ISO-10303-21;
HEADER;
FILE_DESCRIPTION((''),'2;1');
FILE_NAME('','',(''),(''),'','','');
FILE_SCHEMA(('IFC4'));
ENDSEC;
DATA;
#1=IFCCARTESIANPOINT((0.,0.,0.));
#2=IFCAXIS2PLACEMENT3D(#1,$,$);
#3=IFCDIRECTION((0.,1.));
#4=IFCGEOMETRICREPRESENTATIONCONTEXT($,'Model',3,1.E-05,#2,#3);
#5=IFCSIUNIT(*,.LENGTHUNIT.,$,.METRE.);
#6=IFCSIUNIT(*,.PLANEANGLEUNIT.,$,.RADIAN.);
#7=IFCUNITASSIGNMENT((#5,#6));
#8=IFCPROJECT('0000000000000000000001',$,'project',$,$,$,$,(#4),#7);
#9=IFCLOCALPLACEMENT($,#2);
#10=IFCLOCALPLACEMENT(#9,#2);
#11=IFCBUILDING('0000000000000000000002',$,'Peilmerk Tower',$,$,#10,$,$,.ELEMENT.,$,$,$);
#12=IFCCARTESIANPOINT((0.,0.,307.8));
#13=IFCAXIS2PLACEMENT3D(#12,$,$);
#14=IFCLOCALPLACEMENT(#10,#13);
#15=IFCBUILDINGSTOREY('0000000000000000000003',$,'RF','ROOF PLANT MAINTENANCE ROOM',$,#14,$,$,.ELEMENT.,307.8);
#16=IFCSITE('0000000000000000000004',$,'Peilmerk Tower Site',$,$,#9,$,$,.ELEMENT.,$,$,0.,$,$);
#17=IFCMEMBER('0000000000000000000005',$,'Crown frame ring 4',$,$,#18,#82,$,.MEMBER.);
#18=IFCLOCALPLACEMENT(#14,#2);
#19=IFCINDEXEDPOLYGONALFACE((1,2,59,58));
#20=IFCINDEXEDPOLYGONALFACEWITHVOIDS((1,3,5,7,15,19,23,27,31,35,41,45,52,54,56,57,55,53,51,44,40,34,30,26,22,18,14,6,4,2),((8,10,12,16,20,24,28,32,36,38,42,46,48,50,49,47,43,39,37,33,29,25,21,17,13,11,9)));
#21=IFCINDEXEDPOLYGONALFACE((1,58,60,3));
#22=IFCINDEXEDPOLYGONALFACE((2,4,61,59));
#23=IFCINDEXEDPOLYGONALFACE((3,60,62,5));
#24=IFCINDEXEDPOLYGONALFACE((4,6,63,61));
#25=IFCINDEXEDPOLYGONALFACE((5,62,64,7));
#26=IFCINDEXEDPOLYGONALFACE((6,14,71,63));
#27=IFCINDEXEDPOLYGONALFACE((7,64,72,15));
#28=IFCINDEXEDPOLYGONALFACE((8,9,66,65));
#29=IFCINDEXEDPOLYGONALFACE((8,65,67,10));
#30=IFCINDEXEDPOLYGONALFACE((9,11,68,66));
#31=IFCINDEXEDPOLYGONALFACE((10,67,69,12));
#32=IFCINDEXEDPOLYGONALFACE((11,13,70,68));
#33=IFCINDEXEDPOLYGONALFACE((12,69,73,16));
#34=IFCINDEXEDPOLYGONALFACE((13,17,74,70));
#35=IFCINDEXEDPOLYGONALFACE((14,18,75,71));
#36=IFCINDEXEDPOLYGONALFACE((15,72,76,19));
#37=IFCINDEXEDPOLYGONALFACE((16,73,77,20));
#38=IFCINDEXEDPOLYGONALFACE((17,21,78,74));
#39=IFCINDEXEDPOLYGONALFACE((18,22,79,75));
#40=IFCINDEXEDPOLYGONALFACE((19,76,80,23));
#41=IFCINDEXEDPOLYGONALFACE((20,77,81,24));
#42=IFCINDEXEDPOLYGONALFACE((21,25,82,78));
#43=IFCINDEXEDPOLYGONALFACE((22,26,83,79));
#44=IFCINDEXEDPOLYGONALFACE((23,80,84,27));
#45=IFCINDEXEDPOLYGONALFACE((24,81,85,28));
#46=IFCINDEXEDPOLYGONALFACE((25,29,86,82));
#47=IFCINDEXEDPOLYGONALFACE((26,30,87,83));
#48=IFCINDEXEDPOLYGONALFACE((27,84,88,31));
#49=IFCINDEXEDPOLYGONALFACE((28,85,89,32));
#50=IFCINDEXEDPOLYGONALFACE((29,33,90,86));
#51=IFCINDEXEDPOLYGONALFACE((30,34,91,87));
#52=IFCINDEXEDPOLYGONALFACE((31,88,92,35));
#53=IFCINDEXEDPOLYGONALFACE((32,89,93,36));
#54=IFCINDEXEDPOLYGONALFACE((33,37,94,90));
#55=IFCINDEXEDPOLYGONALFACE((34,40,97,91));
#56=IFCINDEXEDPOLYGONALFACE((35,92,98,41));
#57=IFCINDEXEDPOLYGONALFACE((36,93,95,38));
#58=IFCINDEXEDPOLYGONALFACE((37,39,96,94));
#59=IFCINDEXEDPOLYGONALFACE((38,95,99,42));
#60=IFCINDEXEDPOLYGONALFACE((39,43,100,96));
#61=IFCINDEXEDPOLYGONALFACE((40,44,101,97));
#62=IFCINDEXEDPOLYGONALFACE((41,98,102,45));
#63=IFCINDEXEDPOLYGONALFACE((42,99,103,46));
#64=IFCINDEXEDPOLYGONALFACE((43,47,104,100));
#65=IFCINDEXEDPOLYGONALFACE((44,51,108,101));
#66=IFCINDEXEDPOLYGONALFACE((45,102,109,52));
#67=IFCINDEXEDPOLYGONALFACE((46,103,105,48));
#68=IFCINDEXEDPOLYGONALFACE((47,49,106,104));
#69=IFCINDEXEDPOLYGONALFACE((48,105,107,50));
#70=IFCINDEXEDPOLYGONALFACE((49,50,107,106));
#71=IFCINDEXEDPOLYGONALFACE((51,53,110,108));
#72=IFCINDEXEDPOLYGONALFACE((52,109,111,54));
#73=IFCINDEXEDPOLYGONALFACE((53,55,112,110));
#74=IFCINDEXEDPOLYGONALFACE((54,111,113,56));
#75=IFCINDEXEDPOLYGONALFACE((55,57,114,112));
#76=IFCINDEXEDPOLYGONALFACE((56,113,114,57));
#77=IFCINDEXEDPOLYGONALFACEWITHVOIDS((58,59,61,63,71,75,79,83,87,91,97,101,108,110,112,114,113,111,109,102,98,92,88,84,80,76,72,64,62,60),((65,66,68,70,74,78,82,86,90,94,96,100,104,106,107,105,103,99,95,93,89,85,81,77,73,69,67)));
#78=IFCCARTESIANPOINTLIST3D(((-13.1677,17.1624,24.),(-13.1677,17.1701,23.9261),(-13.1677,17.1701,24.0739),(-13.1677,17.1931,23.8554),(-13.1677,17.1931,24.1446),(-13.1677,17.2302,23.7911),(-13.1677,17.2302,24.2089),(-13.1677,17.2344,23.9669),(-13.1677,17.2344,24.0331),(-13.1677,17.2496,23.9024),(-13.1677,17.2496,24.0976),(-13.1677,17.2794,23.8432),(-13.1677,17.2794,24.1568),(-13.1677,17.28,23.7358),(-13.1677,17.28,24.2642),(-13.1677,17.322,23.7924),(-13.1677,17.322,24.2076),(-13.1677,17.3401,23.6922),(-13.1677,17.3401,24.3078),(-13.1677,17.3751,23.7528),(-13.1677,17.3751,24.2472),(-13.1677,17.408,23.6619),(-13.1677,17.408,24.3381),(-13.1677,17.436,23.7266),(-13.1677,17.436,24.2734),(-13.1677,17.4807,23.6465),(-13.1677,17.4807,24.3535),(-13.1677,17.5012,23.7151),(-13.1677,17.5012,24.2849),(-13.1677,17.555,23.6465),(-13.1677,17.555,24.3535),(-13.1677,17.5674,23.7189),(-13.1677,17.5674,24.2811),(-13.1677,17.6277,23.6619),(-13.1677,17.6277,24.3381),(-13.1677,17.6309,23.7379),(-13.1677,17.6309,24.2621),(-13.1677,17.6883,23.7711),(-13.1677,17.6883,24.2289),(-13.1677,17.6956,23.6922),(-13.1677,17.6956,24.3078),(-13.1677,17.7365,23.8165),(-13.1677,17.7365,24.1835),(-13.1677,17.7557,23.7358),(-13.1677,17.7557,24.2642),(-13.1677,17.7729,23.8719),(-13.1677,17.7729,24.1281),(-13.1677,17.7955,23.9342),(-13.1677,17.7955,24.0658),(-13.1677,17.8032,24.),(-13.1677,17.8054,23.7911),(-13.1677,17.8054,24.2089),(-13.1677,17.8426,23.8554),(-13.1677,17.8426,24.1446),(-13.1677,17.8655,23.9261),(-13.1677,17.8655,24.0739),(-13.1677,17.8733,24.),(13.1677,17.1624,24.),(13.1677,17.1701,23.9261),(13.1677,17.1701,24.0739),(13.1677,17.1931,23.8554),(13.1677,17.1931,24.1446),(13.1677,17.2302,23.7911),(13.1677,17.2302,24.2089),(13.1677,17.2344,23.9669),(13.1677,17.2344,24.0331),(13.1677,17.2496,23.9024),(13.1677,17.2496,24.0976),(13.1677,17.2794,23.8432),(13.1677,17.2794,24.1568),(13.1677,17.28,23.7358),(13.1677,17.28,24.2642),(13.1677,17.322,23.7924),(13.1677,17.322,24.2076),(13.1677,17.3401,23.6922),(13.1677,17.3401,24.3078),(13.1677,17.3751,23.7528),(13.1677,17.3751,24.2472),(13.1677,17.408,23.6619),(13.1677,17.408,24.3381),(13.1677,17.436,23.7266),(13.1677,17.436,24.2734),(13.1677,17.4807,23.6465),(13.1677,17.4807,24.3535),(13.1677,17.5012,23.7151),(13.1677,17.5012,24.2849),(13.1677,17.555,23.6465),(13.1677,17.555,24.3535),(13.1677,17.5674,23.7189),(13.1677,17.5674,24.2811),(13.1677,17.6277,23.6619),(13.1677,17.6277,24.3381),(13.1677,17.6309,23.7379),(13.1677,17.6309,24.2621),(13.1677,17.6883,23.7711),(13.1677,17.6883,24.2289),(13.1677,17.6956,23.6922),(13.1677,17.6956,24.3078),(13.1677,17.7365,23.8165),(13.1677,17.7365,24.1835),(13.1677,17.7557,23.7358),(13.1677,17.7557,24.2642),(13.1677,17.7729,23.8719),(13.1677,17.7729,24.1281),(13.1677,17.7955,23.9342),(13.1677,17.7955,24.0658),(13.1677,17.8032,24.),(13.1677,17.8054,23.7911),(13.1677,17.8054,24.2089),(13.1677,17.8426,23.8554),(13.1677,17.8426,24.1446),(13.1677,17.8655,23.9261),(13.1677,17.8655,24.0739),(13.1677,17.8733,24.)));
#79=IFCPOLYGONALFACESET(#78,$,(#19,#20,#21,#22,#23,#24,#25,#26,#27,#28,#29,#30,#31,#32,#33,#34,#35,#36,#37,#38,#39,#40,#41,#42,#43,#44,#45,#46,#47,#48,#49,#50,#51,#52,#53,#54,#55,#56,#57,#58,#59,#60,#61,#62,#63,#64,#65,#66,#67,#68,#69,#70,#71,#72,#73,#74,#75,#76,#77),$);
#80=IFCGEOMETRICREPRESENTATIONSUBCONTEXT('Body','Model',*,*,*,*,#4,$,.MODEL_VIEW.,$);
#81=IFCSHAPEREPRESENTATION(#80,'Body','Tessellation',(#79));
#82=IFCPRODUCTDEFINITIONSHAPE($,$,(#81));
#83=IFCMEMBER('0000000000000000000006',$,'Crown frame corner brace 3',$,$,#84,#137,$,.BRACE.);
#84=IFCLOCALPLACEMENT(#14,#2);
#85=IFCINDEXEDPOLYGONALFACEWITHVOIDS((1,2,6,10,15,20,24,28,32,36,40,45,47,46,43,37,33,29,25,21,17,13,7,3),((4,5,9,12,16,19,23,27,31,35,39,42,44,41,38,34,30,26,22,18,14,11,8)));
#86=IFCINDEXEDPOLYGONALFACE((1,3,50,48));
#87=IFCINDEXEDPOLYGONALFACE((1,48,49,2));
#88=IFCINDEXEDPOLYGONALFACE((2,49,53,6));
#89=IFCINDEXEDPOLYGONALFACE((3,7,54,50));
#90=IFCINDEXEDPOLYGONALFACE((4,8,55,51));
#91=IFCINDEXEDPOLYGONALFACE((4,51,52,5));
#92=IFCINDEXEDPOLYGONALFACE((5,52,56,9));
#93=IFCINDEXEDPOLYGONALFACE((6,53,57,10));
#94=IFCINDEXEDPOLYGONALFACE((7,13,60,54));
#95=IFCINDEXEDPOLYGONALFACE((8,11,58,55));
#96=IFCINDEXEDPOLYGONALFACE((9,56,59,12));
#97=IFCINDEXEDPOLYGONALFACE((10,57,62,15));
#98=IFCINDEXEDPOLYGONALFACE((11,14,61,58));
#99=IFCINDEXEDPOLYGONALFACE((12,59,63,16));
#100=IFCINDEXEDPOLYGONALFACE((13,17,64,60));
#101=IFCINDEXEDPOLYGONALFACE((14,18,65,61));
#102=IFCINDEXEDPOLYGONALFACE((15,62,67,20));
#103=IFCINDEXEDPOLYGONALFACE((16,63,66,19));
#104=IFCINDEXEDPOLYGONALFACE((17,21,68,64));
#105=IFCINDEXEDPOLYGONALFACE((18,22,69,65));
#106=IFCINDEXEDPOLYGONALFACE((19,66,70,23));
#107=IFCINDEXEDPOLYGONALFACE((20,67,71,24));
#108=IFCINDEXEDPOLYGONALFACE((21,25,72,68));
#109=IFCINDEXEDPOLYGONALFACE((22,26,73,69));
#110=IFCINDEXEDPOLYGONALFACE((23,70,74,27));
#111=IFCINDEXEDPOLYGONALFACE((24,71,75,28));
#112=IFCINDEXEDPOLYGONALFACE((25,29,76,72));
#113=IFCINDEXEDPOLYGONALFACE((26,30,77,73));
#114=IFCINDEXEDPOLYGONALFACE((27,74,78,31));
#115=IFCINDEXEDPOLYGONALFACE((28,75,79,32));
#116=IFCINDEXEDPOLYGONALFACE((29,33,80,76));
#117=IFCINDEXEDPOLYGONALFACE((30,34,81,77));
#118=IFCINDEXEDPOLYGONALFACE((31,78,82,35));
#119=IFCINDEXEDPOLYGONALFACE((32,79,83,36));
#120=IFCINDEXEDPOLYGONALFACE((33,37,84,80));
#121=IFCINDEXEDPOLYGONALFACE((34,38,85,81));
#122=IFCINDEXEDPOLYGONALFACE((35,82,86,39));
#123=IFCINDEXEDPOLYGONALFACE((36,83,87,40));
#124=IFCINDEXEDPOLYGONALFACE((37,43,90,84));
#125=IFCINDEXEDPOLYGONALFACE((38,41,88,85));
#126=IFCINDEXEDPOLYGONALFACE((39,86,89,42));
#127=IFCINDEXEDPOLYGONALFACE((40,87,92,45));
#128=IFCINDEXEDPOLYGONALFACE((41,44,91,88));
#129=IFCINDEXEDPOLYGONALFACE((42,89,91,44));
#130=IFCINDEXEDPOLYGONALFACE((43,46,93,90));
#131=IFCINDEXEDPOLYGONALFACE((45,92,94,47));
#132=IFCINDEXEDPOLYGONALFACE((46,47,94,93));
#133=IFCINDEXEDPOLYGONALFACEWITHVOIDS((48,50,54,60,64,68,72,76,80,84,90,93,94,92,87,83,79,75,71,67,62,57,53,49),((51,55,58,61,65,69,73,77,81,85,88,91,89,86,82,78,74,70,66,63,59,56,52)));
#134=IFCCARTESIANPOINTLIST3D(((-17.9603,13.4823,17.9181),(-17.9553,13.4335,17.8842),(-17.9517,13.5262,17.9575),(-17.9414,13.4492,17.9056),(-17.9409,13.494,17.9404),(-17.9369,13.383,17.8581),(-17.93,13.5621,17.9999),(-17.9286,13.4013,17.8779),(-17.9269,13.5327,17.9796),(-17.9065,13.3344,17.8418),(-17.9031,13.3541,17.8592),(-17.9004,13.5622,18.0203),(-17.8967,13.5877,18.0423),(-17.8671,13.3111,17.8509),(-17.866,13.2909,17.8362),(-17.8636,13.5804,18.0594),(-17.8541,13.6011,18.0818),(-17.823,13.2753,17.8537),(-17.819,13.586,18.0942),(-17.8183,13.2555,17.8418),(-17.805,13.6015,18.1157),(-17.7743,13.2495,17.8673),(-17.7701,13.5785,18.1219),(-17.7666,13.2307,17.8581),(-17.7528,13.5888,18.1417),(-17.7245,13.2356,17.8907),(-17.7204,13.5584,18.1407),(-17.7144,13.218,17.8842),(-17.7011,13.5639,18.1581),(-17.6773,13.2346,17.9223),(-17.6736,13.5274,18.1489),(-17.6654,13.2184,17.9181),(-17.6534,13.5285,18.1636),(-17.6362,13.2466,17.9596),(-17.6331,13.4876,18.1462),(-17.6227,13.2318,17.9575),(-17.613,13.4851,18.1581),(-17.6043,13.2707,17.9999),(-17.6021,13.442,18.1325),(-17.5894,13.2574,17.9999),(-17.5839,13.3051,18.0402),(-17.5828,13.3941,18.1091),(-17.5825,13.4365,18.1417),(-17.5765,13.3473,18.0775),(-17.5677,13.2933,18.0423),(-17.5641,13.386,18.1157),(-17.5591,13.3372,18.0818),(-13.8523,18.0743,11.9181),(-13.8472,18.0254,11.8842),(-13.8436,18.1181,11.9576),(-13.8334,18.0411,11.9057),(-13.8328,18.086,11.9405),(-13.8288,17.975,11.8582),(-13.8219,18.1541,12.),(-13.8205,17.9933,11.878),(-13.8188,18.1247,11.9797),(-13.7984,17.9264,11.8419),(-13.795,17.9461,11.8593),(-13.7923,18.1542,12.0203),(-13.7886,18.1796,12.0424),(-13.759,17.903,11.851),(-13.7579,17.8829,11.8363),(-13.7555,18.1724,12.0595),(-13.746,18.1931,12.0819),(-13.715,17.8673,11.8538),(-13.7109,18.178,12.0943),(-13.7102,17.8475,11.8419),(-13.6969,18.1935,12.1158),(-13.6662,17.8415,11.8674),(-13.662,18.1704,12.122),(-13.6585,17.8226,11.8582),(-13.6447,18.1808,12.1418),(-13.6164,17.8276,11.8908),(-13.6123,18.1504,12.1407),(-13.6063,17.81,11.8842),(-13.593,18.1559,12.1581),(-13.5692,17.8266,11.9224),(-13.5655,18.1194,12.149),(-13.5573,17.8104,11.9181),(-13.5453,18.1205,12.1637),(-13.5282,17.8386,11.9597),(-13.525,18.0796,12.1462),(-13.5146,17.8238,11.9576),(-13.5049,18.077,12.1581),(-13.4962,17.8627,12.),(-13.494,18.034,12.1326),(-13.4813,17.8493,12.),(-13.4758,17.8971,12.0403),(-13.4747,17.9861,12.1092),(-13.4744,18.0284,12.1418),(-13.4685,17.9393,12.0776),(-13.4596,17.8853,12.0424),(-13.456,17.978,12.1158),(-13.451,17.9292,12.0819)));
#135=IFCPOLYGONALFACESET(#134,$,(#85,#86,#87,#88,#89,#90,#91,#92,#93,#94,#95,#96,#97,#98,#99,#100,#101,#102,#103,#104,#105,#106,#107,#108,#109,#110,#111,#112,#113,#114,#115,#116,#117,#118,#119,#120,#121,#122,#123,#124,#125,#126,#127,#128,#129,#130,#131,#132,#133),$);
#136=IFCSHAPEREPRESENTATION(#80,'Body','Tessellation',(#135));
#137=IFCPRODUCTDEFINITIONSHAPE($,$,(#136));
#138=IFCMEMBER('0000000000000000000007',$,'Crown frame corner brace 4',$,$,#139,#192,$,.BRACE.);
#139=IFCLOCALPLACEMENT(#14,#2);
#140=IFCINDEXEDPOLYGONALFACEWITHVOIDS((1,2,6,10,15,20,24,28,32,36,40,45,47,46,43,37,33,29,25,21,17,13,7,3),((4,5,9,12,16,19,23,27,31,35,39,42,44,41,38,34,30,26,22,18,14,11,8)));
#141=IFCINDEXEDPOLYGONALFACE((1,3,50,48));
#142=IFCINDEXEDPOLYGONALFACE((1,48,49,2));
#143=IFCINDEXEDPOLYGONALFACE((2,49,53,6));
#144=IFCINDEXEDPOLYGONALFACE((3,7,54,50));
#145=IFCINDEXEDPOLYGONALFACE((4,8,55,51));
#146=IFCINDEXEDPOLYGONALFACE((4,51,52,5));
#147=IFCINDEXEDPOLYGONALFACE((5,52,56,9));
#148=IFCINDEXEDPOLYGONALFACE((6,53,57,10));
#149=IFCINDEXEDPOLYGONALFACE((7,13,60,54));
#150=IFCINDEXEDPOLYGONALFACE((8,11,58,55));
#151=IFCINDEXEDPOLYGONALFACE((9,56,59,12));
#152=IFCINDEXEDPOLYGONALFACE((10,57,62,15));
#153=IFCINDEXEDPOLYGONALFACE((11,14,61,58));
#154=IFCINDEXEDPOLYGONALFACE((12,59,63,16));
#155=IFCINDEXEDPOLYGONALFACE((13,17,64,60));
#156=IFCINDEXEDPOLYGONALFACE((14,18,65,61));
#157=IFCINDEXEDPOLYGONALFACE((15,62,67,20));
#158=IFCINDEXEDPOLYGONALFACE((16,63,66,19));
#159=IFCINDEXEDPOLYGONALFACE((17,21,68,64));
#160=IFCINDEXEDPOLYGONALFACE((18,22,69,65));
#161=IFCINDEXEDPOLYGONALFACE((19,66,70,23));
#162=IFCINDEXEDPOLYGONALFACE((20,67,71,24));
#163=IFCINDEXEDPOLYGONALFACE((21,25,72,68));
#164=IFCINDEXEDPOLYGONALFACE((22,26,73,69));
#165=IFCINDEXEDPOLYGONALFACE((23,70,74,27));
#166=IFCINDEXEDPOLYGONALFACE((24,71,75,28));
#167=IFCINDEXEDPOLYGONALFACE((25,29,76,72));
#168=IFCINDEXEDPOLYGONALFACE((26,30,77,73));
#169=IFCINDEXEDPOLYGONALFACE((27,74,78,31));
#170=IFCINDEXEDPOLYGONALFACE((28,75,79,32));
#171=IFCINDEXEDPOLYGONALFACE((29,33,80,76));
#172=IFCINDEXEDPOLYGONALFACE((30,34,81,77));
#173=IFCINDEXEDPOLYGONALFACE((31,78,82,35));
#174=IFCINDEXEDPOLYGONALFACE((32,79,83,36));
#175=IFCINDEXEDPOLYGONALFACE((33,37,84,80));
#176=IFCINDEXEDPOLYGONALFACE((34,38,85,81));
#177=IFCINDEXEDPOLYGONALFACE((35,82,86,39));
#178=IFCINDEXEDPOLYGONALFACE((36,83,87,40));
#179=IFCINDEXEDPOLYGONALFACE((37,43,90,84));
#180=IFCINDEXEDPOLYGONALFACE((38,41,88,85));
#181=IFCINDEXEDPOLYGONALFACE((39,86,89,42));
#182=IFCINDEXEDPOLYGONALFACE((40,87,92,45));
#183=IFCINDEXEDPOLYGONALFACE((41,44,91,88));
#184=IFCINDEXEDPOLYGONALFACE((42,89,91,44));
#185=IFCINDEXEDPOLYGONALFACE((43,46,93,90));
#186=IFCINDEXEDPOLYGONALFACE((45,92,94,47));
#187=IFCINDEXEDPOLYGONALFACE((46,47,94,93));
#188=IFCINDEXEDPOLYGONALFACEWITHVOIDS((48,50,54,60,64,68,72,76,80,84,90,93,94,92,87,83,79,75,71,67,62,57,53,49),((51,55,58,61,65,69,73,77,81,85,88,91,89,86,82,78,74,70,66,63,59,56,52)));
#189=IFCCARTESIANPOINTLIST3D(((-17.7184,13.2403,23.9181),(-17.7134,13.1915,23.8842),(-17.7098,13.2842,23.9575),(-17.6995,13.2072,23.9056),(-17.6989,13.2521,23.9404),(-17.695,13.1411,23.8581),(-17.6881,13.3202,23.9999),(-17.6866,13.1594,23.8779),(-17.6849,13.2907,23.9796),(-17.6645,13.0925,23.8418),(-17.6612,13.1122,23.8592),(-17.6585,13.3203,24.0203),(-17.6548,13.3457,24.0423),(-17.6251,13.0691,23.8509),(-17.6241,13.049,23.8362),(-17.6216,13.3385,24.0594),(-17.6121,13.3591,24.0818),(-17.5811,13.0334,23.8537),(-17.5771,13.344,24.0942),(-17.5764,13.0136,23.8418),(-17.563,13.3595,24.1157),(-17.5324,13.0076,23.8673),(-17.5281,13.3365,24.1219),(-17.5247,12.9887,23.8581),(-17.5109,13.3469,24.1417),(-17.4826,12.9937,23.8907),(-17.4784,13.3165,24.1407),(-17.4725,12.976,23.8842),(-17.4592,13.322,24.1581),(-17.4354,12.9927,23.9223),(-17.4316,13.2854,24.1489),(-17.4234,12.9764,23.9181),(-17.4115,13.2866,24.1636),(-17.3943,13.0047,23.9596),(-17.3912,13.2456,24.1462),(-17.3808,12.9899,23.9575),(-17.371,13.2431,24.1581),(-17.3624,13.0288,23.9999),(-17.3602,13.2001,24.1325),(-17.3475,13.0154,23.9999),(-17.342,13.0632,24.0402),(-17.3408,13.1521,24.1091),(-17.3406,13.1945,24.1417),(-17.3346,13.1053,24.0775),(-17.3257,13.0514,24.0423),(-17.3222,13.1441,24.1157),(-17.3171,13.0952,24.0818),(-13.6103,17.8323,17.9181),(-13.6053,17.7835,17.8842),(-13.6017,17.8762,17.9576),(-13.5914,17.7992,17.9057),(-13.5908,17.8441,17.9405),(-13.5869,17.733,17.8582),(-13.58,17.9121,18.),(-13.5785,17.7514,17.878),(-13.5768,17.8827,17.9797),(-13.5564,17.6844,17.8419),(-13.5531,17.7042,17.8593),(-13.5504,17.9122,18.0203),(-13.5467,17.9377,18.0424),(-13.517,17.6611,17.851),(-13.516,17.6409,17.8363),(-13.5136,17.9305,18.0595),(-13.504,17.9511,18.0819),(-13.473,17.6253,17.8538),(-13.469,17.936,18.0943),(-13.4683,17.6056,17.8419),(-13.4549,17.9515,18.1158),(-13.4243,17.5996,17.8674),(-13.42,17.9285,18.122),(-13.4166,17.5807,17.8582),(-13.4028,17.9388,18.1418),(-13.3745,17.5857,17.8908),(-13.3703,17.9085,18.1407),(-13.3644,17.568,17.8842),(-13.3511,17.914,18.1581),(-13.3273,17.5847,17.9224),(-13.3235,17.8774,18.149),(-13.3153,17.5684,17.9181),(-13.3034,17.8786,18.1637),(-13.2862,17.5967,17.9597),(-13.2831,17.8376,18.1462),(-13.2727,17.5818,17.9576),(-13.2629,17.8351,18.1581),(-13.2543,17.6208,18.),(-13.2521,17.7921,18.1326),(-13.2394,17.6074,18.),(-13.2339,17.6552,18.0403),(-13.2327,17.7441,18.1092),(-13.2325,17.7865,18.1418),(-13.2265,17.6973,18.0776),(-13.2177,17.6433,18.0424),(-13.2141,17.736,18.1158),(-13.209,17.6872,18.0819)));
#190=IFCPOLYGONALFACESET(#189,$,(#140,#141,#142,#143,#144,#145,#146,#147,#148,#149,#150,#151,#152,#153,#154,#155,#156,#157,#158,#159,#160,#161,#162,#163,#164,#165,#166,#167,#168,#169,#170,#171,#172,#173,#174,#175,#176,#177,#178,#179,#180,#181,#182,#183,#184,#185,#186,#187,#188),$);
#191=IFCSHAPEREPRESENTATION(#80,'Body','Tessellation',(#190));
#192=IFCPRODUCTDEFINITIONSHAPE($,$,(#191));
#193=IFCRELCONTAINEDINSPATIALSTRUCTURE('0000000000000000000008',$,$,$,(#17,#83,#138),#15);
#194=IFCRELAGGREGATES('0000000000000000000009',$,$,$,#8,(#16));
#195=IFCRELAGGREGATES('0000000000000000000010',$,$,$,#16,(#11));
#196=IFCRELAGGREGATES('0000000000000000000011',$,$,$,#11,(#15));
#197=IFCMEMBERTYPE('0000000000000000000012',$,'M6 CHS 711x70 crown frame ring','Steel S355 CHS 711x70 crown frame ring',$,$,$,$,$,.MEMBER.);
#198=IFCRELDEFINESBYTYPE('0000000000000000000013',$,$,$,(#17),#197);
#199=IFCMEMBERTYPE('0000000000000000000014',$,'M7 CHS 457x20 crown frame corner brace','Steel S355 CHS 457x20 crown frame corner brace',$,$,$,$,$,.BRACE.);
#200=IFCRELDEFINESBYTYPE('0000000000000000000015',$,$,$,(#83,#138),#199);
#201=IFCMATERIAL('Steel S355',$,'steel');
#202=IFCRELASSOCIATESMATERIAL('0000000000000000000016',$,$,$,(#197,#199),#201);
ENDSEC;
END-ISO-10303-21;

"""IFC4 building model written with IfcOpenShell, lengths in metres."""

from ifc_helpers import new_model, si_unit, direction, frame, origin, origin_2d, place, context, subcontext, project, spatial, hollow_circle, extrude, material, material_profile, profile_set, type_object, element, save


model = new_model("IFC4")

# Units and contexts
model_context = context("Model", 3, precision=1e-05, world=origin(), true_north=direction((0.0, 1.0)))
body_context = subcontext(model_context, "Body", "Model", "MODEL_VIEW")
ifc_project = project(units=[si_unit("LENGTHUNIT", "METRE"), si_unit("PLANEANGLEUNIT", "RADIAN")], contexts=[model_context])

# Site, building, storey
site_placement = place(None, origin())
site = spatial("IfcSite", under=ifc_project, at=site_placement, Name="Peilmerk Tower Site", CompositionType="ELEMENT", RefElevation=0.0)
building_placement = place(site_placement, origin())
building = spatial("IfcBuilding", under=site, at=building_placement, Name="Peilmerk Tower", CompositionType="ELEMENT")
storey_placement = place(building_placement, frame((0.0, 0.0, 307.8)))
storey = spatial("IfcBuildingStorey", under=building, at=storey_placement, Name="RF", Description="ROOF PLANT MAINTENANCE ROOM", CompositionType="ELEMENT", Elevation=307.8)

# Shared definitions
ifc_material_1 = material(Name="Steel S355", Category="steel")

# Members
ifc_material_profile_1 = material_profile(ifc_material_1, hollow_circle(Radius=0.3555, WallThickness=0.0701, at=origin_2d()), Name="CHS 711x70")
ifc_profile_set_1 = profile_set([ifc_material_profile_1], Name="Steel S355")
member_type_1 = type_object("IfcMemberType", Name="M6 CHS 711x70 crown frame ring", Description="Steel S355 CHS 711x70 crown frame ring", PredefinedType="MEMBER", material=ifc_profile_set_1)
member_1_placement = place(storey_placement, frame((-13.1677, 17.5178, 24.0), z_axis=(1.0, 0.0, 0.0), x_axis=(0.0, 1.0, 0.0)))
element("IfcMember", 1, at=member_1_placement, inside=storey, type_object=member_type_1, Name="Crown frame ring 4", PredefinedType="MEMBER", context=body_context, shape_type="SweptSolid", body=[
    extrude(hollow_circle(Radius=0.3555, WallThickness=0.0701, at=origin_2d()), origin(), (0.0, 0.0, 1.0), 26.3354),
])
ifc_material_profile_2 = material_profile(ifc_material_1, hollow_circle(Radius=0.2285, WallThickness=0.02, at=origin_2d()), Name="CHS 457x20")
ifc_profile_set_2 = profile_set([ifc_material_profile_2], Name="Steel S355")
member_type_2 = type_object("IfcMemberType", Name="M7 CHS 457x20 crown frame corner brace", Description="Steel S355 CHS 457x20 crown frame corner brace", PredefinedType="BRACE", material=ifc_profile_set_2)
for number, where, z_axis, x_axis, name in (
    (2, (-13.6516, 18.0017, 12.0), (-0.47768, -0.533945, 0.697657), (0.745283, -0.666749, 0.0), "Crown frame corner brace 3"),
    (3, (-13.4097, 17.7598, 18.0), (-0.47768, -0.533945, 0.697657), (0.745283, -0.666749, 0.0), "Crown frame corner brace 4"),
):
    element("IfcMember", number, at=place(storey_placement, frame(where, z_axis=z_axis, x_axis=x_axis)), inside=storey, type_object=member_type_2, Name=name, PredefinedType="BRACE", context=body_context, shape_type="SweptSolid", body=[
        extrude(hollow_circle(Radius=0.2285, WallThickness=0.02, at=origin_2d()), origin(), (0.0, 0.0, 1.0), 8.6001),
    ])

save(model, "model.ifc")
